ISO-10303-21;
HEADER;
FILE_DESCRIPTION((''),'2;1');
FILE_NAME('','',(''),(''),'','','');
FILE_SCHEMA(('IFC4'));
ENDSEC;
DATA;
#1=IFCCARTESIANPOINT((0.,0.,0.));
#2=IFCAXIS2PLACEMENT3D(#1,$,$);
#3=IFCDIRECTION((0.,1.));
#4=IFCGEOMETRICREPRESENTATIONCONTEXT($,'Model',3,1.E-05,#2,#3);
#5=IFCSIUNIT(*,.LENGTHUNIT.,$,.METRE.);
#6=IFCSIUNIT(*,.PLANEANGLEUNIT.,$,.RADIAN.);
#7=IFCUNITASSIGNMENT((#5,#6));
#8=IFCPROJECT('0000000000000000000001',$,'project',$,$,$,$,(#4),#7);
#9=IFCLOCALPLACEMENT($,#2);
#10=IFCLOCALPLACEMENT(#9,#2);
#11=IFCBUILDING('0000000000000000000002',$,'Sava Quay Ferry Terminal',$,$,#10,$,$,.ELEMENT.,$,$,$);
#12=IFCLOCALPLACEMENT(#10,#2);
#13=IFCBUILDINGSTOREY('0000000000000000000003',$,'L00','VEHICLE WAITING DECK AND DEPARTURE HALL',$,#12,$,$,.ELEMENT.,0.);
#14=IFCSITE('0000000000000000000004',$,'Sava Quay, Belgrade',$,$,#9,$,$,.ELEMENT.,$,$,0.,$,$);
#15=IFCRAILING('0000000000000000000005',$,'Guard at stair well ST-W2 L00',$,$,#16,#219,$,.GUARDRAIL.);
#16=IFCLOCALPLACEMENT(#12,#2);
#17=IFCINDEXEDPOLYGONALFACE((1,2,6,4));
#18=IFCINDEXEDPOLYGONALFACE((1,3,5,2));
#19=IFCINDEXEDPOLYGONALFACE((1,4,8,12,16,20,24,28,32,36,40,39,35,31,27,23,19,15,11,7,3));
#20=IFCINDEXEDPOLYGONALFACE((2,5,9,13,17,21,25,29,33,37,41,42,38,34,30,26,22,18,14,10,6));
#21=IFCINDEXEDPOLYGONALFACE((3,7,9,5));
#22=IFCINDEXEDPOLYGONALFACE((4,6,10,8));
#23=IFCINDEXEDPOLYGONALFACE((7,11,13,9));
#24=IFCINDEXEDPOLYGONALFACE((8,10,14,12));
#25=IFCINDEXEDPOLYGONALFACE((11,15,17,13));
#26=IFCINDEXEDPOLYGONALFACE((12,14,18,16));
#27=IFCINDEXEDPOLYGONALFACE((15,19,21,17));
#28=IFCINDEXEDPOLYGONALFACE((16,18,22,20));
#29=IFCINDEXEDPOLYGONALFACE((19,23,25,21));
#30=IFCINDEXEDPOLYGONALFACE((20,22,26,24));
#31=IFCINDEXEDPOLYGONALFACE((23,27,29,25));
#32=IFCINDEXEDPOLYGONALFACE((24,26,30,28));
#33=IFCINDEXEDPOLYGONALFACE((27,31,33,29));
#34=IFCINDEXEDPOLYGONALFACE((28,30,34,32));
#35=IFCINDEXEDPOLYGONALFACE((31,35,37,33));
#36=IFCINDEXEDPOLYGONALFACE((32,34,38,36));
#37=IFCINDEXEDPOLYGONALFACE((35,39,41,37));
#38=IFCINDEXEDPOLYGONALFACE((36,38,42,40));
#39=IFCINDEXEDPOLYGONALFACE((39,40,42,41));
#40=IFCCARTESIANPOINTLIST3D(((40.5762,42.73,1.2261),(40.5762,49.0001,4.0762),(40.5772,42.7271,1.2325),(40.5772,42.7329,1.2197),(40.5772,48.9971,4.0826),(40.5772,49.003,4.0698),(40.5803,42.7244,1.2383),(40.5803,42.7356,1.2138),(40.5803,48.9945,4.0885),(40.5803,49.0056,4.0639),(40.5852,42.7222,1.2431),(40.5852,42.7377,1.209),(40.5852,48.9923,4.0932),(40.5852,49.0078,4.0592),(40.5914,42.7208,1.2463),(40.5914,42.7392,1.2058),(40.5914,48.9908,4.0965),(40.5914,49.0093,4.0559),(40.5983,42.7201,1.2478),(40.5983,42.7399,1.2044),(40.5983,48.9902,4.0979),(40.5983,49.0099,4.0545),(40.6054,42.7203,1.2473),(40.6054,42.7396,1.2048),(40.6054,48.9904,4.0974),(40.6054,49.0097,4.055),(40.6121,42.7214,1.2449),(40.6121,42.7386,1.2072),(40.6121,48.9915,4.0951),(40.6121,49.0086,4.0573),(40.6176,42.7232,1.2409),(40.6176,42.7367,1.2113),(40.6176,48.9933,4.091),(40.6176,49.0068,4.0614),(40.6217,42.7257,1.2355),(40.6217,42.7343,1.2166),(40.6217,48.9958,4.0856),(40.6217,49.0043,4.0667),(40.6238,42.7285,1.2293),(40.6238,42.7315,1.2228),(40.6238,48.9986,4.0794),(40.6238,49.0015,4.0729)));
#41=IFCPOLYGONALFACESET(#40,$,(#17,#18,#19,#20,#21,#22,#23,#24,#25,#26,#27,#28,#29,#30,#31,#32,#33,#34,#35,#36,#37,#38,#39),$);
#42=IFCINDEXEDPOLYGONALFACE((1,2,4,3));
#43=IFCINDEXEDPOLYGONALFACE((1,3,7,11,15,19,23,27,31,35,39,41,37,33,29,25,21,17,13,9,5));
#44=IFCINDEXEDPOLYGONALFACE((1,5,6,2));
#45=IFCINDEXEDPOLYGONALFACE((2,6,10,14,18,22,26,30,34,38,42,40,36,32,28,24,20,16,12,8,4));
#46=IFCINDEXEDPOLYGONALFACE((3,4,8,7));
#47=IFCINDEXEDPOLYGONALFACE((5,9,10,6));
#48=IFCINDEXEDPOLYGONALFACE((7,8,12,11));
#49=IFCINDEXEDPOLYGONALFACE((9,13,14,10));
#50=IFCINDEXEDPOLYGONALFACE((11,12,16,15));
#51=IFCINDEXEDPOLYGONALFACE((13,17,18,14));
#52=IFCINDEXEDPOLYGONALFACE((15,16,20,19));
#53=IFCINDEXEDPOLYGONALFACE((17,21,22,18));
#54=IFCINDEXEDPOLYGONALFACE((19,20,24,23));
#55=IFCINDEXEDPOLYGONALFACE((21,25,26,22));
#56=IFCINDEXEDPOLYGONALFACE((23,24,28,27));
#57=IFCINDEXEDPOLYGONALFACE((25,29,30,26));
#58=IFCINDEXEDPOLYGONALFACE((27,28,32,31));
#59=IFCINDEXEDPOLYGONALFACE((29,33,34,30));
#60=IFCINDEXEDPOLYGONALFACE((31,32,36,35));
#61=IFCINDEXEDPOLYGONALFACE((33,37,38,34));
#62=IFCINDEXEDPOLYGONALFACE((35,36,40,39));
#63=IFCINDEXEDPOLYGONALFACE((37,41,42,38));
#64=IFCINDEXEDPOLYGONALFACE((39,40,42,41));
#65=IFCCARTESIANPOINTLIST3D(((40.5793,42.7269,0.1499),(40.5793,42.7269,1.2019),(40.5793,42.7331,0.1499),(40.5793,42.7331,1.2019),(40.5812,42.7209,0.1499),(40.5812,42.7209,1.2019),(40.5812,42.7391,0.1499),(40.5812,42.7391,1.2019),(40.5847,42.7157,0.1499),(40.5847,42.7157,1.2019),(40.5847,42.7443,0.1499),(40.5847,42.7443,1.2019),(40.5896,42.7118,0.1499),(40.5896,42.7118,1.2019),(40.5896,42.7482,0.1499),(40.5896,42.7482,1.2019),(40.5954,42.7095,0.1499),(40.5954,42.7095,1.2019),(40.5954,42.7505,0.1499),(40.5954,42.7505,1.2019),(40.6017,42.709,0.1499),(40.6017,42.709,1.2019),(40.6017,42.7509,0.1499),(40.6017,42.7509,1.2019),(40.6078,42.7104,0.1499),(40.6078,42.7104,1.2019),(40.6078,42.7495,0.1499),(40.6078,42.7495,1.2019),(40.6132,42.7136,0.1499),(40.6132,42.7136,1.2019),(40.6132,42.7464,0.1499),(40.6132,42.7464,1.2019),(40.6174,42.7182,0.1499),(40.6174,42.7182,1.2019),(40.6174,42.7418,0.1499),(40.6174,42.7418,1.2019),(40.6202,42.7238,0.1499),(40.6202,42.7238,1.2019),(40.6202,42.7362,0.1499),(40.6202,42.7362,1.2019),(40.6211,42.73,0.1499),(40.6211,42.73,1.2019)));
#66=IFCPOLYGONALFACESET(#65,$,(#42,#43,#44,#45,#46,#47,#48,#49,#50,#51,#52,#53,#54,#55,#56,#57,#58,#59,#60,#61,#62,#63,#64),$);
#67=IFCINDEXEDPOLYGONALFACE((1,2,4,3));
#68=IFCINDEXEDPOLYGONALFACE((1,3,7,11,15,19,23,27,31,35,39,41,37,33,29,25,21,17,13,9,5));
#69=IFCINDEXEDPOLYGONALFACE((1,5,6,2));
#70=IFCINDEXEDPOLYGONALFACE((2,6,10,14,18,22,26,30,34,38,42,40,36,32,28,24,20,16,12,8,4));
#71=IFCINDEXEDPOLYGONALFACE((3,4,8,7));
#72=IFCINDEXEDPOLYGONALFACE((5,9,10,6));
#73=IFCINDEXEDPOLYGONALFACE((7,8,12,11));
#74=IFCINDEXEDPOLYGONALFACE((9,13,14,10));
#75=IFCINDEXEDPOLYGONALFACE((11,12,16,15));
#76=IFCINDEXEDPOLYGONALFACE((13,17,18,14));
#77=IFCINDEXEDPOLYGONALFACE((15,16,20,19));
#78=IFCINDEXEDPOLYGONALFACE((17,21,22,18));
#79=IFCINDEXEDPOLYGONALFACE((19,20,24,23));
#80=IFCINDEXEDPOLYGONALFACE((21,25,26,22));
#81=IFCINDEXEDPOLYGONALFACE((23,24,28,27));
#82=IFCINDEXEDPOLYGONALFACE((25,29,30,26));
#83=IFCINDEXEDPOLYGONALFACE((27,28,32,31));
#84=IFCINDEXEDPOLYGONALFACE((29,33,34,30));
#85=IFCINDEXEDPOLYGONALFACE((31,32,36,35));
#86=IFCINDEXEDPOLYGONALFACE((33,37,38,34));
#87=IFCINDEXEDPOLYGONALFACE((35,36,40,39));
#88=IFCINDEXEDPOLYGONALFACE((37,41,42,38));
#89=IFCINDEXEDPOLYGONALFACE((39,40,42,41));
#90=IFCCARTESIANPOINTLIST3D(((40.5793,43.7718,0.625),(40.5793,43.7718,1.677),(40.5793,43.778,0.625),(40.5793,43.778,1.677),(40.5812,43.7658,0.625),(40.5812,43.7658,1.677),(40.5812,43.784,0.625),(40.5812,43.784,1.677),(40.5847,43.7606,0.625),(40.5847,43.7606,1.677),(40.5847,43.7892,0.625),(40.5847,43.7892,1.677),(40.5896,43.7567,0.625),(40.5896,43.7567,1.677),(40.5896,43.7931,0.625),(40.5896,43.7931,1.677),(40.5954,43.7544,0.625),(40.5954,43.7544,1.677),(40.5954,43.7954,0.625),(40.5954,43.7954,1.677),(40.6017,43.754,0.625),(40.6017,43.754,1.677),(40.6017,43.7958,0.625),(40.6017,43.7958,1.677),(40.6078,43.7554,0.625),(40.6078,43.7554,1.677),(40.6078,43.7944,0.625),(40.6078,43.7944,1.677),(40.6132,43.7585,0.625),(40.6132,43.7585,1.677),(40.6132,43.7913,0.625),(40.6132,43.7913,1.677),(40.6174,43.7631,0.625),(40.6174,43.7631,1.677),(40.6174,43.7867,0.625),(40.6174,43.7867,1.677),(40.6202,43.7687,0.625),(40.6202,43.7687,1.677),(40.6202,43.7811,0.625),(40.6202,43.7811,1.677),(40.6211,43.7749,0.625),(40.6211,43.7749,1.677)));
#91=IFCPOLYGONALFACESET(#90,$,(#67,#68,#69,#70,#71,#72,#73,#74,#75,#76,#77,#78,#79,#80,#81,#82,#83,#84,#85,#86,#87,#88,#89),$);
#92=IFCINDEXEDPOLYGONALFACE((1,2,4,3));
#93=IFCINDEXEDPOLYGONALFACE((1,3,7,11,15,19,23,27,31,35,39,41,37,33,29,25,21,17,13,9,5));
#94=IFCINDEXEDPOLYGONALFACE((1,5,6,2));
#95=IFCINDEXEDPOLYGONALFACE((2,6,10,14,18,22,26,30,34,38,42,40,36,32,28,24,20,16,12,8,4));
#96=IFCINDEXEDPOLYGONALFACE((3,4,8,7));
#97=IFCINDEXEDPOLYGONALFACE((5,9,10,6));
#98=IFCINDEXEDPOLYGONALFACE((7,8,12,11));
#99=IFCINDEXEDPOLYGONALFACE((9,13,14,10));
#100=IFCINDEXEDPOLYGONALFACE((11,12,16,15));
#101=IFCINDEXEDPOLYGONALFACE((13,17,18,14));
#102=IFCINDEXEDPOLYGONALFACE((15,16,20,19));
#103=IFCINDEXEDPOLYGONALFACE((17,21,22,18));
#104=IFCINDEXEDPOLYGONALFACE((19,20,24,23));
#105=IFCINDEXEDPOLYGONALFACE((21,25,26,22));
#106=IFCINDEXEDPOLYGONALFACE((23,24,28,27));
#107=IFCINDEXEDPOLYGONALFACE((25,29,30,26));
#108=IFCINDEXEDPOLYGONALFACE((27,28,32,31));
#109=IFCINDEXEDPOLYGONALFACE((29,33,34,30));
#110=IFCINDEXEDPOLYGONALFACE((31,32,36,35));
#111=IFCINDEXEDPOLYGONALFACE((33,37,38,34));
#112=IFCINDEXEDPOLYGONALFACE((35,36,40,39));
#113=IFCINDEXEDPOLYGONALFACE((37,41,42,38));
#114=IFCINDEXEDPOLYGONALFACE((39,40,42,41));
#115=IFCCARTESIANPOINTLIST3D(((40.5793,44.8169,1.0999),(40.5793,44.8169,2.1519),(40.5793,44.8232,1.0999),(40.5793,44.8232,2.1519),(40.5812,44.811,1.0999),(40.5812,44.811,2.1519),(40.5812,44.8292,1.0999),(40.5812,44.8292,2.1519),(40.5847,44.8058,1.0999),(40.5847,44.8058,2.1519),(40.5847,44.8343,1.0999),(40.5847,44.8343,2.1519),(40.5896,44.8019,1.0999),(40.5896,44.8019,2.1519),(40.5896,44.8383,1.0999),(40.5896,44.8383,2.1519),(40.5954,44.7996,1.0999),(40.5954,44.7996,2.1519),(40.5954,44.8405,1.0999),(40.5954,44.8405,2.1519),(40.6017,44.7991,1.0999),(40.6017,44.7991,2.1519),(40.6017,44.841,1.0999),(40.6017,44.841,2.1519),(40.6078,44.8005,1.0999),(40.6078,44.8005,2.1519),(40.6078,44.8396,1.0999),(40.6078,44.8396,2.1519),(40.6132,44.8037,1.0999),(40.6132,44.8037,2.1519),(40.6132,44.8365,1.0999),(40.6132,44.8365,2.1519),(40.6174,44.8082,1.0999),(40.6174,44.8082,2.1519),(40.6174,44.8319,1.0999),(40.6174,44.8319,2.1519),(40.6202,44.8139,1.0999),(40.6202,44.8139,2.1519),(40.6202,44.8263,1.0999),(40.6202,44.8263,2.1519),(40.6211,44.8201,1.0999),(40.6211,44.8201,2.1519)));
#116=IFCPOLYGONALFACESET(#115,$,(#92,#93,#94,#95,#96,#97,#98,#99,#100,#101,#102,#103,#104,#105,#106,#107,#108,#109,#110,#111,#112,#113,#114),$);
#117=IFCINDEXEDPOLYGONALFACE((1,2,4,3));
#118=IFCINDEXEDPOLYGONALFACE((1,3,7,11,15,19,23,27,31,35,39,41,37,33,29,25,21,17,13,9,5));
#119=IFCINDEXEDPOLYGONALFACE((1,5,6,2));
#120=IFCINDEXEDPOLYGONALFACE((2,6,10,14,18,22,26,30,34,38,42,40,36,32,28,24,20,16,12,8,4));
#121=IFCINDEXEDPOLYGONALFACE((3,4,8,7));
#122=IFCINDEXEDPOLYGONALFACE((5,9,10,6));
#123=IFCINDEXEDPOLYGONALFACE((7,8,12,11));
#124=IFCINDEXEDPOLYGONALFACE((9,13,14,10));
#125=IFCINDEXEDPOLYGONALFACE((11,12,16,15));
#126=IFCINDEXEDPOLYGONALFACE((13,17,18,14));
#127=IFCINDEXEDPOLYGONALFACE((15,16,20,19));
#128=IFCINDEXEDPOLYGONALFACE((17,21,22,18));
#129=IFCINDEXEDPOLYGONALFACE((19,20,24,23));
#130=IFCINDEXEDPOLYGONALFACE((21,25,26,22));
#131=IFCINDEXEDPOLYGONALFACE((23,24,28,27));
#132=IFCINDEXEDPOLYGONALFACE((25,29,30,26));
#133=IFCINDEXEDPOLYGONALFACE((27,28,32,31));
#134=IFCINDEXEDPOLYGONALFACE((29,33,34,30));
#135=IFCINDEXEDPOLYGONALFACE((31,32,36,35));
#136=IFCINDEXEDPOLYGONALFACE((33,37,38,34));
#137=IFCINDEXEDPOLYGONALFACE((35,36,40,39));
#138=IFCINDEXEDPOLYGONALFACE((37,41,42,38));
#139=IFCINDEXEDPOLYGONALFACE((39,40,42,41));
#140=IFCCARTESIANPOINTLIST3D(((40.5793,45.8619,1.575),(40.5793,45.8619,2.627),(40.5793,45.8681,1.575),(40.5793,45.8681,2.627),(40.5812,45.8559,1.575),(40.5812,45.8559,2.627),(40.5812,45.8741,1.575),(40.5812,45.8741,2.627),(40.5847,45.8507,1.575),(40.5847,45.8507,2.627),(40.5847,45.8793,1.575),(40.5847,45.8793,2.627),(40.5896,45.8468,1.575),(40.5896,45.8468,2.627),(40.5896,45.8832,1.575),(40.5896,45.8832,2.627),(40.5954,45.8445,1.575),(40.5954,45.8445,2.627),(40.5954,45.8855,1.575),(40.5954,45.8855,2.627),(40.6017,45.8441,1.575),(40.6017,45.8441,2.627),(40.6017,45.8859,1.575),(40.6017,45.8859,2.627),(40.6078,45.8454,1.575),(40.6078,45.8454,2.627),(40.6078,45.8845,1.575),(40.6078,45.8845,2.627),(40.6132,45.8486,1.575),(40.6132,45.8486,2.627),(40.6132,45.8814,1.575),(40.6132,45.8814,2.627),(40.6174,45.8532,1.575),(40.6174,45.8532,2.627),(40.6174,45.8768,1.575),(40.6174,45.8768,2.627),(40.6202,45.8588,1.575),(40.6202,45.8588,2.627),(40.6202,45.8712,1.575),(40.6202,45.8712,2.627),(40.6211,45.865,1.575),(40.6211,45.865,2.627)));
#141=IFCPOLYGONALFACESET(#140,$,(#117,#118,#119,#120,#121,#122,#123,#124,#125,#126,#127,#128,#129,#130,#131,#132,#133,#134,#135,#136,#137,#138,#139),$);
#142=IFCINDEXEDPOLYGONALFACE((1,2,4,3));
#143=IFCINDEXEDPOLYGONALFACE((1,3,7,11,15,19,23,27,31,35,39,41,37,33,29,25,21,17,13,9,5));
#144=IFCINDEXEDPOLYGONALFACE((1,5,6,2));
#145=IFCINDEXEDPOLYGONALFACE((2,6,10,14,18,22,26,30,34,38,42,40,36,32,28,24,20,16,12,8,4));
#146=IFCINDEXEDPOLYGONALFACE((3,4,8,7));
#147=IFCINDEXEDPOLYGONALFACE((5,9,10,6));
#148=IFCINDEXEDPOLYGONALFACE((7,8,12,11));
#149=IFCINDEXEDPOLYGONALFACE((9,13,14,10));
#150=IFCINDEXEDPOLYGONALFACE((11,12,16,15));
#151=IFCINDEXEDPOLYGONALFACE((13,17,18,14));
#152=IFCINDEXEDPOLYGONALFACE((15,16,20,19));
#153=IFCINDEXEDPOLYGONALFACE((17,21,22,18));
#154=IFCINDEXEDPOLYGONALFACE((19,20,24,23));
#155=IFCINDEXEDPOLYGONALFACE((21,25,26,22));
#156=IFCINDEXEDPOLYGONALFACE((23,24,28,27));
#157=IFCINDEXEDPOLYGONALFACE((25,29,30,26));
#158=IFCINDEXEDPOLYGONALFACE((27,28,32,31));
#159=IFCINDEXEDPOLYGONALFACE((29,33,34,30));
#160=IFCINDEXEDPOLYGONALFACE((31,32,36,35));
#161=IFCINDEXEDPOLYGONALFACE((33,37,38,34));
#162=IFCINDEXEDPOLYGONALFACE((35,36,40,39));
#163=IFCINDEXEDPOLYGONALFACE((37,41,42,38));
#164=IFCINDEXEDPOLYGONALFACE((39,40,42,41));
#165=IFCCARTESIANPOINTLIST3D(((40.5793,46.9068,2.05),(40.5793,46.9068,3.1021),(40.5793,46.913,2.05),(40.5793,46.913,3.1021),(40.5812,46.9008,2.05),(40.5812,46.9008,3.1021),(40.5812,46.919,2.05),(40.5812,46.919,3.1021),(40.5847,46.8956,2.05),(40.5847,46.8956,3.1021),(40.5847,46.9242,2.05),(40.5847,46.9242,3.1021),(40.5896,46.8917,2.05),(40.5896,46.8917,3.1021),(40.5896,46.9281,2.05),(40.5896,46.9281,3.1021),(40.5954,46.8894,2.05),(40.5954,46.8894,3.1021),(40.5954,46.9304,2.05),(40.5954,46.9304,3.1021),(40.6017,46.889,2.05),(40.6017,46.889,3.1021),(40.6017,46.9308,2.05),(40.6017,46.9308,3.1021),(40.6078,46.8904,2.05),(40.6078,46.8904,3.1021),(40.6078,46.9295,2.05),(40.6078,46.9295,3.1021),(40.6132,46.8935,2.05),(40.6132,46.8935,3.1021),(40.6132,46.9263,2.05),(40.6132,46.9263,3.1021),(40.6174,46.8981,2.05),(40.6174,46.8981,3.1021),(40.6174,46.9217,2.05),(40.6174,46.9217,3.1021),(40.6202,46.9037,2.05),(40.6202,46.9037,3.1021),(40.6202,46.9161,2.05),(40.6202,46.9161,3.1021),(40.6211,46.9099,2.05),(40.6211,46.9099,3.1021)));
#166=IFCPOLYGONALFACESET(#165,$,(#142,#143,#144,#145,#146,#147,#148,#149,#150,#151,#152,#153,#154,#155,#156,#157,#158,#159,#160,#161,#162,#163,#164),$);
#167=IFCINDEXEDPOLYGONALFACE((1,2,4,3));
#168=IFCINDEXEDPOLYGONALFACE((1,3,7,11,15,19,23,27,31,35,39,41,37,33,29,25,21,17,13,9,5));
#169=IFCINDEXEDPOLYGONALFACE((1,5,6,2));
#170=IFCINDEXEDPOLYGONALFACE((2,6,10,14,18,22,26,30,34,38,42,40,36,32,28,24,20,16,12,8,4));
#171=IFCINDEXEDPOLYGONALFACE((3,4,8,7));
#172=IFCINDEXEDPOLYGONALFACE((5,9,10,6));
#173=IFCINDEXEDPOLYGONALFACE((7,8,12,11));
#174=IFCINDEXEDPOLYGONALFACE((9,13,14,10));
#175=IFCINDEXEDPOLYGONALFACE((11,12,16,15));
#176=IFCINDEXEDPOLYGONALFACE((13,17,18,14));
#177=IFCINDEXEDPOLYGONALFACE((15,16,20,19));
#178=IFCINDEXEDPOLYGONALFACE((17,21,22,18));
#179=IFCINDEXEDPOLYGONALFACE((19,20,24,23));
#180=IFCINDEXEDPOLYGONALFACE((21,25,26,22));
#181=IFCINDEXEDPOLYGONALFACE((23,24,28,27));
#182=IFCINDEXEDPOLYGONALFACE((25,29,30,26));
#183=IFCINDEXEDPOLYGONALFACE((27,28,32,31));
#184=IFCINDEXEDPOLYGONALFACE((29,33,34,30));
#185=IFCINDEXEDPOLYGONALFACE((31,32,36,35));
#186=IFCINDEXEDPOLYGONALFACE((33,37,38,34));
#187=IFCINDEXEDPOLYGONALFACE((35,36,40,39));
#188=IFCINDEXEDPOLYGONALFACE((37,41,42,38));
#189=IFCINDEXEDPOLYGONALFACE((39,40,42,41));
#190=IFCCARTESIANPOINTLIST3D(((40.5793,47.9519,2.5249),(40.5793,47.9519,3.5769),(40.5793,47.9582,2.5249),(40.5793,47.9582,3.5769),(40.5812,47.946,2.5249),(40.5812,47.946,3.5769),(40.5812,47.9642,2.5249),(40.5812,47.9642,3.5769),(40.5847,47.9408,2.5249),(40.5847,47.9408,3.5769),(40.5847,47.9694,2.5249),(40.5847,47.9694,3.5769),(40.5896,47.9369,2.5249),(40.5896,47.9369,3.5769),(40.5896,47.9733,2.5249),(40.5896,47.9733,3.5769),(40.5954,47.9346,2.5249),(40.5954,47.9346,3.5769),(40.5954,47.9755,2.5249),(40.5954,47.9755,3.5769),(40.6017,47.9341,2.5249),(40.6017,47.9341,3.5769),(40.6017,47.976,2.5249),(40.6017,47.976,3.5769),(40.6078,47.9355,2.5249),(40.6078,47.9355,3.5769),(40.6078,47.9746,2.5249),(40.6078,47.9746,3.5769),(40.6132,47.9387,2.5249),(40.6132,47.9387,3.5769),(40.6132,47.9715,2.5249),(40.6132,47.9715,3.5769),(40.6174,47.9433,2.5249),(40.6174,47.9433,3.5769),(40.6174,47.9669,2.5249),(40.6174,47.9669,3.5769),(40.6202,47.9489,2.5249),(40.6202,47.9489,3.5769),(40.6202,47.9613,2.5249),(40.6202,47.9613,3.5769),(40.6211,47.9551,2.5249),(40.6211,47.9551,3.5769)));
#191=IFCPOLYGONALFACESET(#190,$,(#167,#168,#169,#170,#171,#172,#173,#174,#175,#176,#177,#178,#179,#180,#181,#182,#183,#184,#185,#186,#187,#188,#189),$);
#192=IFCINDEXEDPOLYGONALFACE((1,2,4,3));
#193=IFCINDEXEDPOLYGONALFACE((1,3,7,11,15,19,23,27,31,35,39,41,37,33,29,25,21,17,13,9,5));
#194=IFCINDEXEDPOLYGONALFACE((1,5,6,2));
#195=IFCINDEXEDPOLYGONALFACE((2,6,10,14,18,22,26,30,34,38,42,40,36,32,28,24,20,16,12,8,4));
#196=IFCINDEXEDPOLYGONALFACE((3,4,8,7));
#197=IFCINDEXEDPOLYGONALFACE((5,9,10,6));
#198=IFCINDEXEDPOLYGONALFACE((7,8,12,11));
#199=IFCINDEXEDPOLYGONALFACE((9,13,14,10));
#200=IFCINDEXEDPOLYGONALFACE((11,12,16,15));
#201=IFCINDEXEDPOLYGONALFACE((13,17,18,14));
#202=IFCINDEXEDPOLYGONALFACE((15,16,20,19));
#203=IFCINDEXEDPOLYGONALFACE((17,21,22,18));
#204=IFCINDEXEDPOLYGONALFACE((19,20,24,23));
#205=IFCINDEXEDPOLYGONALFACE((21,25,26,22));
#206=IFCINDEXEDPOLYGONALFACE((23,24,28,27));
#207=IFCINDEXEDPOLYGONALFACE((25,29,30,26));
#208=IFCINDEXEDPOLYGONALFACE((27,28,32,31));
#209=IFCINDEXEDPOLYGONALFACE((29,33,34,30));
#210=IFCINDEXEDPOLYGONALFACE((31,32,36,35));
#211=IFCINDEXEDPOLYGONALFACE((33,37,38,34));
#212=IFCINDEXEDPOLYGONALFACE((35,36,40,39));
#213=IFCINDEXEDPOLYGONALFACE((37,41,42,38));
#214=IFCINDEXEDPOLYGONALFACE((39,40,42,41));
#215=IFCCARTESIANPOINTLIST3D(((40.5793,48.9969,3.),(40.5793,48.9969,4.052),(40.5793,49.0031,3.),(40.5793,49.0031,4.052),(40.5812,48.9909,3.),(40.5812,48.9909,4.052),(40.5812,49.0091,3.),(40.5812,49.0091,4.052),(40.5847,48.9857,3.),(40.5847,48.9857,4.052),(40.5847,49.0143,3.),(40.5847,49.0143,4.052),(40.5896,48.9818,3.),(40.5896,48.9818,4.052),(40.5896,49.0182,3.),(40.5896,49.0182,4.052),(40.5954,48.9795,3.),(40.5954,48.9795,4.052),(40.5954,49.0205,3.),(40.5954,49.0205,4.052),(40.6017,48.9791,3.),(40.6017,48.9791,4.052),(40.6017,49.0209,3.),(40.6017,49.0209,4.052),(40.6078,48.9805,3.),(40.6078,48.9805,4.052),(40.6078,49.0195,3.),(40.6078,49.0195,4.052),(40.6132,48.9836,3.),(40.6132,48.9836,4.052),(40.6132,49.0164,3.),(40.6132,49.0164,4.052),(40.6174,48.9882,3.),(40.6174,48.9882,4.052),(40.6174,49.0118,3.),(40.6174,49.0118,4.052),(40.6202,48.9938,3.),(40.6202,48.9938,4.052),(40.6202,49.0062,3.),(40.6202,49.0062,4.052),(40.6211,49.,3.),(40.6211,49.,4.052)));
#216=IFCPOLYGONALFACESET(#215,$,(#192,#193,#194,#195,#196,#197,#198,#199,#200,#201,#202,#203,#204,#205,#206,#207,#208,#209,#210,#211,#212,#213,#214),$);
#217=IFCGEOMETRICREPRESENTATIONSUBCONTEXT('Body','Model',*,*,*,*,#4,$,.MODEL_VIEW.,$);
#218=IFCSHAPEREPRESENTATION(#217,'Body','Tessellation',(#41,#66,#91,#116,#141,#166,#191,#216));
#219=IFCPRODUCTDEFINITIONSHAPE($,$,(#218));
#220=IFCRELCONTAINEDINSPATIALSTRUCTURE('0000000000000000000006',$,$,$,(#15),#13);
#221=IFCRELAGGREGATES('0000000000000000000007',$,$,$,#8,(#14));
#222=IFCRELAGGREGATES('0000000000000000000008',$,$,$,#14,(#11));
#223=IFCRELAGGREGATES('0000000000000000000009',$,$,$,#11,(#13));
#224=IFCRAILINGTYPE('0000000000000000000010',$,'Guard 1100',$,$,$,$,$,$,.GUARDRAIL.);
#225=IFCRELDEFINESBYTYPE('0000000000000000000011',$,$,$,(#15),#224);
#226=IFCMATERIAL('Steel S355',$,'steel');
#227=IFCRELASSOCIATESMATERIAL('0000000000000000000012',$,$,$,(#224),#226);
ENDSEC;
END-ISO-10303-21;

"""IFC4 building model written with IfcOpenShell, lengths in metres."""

from ifc_helpers import new_model, si_unit, direction, frame, origin, origin_2d, place, context, subcontext, project, spatial, circle, extrude, material, type_object, element, save


model = new_model("IFC4")

# Units and contexts
model_context = context("Model", 3, precision=1e-05, world=origin(), true_north=direction((0.0, 1.0)))
body_context = subcontext(model_context, "Body", "Model", "MODEL_VIEW")
ifc_project = project(units=[si_unit("LENGTHUNIT", "METRE"), si_unit("PLANEANGLEUNIT", "RADIAN")], contexts=[model_context])

# Site, building, storey
site_placement = place(None, origin())
site = spatial("IfcSite", under=ifc_project, at=site_placement, Name="Sava Quay, Belgrade", CompositionType="ELEMENT", RefElevation=0.0)
building_placement = place(site_placement, origin())
building = spatial("IfcBuilding", under=site, at=building_placement, Name="Sava Quay Ferry Terminal", CompositionType="ELEMENT")
storey_placement = place(building_placement, origin())
storey = spatial("IfcBuildingStorey", under=building, at=storey_placement, Name="L00", Description="VEHICLE WAITING DECK AND DEPARTURE HALL", CompositionType="ELEMENT", Elevation=0.0)

# Railing
ifc_material_1 = material(Name="Steel S355", Category="steel")
railing_type = type_object("IfcRailingType", Name="Guard 1100", PredefinedType="GUARDRAIL", material=ifc_material_1)
railing_placement = place(storey_placement, frame((40.6001, 42.73, 0.1499)))
element("IfcRailing", 1, at=railing_placement, inside=storey, type_object=railing_type, Name="Guard at stair well ST-W2 L00", PredefinedType="GUARDRAIL", context=body_context, shape_type="SweptSolid", body=[
    extrude(circle(Radius=0.0239, at=origin_2d()), frame((0.0, 0.0, 1.0762), z_axis=(0.0, 0.910362, 0.413814), x_axis=(-1.0, 0.0, 0.0)), (0.0, 0.0, 1.0), 6.8875),
    extrude(circle(Radius=0.021, at=origin_2d()), origin(), (0.0, 0.0, 1.0), 1.052),
    extrude(circle(Radius=0.021, at=origin_2d()), frame((0.0, 1.0449, 0.4751)), (0.0, 0.0, 1.0), 1.052),
    extrude(circle(Radius=0.021, at=origin_2d()), frame((0.0, 2.0901, 0.95)), (0.0, 0.0, 1.0), 1.052),
    extrude(circle(Radius=0.021, at=origin_2d()), frame((0.0, 3.135, 1.425)), (0.0, 0.0, 1.0), 1.052),
    extrude(circle(Radius=0.021, at=origin_2d()), frame((0.0, 4.1799, 1.9001)), (0.0, 0.0, 1.0), 1.052),
    extrude(circle(Radius=0.021, at=origin_2d()), frame((0.0, 5.2251, 2.375)), (0.0, 0.0, 1.0), 1.052),
    extrude(circle(Radius=0.021, at=origin_2d()), frame((0.0, 6.27, 2.8501)), (0.0, 0.0, 1.0), 1.052),
])

save(model, "model.ifc")
